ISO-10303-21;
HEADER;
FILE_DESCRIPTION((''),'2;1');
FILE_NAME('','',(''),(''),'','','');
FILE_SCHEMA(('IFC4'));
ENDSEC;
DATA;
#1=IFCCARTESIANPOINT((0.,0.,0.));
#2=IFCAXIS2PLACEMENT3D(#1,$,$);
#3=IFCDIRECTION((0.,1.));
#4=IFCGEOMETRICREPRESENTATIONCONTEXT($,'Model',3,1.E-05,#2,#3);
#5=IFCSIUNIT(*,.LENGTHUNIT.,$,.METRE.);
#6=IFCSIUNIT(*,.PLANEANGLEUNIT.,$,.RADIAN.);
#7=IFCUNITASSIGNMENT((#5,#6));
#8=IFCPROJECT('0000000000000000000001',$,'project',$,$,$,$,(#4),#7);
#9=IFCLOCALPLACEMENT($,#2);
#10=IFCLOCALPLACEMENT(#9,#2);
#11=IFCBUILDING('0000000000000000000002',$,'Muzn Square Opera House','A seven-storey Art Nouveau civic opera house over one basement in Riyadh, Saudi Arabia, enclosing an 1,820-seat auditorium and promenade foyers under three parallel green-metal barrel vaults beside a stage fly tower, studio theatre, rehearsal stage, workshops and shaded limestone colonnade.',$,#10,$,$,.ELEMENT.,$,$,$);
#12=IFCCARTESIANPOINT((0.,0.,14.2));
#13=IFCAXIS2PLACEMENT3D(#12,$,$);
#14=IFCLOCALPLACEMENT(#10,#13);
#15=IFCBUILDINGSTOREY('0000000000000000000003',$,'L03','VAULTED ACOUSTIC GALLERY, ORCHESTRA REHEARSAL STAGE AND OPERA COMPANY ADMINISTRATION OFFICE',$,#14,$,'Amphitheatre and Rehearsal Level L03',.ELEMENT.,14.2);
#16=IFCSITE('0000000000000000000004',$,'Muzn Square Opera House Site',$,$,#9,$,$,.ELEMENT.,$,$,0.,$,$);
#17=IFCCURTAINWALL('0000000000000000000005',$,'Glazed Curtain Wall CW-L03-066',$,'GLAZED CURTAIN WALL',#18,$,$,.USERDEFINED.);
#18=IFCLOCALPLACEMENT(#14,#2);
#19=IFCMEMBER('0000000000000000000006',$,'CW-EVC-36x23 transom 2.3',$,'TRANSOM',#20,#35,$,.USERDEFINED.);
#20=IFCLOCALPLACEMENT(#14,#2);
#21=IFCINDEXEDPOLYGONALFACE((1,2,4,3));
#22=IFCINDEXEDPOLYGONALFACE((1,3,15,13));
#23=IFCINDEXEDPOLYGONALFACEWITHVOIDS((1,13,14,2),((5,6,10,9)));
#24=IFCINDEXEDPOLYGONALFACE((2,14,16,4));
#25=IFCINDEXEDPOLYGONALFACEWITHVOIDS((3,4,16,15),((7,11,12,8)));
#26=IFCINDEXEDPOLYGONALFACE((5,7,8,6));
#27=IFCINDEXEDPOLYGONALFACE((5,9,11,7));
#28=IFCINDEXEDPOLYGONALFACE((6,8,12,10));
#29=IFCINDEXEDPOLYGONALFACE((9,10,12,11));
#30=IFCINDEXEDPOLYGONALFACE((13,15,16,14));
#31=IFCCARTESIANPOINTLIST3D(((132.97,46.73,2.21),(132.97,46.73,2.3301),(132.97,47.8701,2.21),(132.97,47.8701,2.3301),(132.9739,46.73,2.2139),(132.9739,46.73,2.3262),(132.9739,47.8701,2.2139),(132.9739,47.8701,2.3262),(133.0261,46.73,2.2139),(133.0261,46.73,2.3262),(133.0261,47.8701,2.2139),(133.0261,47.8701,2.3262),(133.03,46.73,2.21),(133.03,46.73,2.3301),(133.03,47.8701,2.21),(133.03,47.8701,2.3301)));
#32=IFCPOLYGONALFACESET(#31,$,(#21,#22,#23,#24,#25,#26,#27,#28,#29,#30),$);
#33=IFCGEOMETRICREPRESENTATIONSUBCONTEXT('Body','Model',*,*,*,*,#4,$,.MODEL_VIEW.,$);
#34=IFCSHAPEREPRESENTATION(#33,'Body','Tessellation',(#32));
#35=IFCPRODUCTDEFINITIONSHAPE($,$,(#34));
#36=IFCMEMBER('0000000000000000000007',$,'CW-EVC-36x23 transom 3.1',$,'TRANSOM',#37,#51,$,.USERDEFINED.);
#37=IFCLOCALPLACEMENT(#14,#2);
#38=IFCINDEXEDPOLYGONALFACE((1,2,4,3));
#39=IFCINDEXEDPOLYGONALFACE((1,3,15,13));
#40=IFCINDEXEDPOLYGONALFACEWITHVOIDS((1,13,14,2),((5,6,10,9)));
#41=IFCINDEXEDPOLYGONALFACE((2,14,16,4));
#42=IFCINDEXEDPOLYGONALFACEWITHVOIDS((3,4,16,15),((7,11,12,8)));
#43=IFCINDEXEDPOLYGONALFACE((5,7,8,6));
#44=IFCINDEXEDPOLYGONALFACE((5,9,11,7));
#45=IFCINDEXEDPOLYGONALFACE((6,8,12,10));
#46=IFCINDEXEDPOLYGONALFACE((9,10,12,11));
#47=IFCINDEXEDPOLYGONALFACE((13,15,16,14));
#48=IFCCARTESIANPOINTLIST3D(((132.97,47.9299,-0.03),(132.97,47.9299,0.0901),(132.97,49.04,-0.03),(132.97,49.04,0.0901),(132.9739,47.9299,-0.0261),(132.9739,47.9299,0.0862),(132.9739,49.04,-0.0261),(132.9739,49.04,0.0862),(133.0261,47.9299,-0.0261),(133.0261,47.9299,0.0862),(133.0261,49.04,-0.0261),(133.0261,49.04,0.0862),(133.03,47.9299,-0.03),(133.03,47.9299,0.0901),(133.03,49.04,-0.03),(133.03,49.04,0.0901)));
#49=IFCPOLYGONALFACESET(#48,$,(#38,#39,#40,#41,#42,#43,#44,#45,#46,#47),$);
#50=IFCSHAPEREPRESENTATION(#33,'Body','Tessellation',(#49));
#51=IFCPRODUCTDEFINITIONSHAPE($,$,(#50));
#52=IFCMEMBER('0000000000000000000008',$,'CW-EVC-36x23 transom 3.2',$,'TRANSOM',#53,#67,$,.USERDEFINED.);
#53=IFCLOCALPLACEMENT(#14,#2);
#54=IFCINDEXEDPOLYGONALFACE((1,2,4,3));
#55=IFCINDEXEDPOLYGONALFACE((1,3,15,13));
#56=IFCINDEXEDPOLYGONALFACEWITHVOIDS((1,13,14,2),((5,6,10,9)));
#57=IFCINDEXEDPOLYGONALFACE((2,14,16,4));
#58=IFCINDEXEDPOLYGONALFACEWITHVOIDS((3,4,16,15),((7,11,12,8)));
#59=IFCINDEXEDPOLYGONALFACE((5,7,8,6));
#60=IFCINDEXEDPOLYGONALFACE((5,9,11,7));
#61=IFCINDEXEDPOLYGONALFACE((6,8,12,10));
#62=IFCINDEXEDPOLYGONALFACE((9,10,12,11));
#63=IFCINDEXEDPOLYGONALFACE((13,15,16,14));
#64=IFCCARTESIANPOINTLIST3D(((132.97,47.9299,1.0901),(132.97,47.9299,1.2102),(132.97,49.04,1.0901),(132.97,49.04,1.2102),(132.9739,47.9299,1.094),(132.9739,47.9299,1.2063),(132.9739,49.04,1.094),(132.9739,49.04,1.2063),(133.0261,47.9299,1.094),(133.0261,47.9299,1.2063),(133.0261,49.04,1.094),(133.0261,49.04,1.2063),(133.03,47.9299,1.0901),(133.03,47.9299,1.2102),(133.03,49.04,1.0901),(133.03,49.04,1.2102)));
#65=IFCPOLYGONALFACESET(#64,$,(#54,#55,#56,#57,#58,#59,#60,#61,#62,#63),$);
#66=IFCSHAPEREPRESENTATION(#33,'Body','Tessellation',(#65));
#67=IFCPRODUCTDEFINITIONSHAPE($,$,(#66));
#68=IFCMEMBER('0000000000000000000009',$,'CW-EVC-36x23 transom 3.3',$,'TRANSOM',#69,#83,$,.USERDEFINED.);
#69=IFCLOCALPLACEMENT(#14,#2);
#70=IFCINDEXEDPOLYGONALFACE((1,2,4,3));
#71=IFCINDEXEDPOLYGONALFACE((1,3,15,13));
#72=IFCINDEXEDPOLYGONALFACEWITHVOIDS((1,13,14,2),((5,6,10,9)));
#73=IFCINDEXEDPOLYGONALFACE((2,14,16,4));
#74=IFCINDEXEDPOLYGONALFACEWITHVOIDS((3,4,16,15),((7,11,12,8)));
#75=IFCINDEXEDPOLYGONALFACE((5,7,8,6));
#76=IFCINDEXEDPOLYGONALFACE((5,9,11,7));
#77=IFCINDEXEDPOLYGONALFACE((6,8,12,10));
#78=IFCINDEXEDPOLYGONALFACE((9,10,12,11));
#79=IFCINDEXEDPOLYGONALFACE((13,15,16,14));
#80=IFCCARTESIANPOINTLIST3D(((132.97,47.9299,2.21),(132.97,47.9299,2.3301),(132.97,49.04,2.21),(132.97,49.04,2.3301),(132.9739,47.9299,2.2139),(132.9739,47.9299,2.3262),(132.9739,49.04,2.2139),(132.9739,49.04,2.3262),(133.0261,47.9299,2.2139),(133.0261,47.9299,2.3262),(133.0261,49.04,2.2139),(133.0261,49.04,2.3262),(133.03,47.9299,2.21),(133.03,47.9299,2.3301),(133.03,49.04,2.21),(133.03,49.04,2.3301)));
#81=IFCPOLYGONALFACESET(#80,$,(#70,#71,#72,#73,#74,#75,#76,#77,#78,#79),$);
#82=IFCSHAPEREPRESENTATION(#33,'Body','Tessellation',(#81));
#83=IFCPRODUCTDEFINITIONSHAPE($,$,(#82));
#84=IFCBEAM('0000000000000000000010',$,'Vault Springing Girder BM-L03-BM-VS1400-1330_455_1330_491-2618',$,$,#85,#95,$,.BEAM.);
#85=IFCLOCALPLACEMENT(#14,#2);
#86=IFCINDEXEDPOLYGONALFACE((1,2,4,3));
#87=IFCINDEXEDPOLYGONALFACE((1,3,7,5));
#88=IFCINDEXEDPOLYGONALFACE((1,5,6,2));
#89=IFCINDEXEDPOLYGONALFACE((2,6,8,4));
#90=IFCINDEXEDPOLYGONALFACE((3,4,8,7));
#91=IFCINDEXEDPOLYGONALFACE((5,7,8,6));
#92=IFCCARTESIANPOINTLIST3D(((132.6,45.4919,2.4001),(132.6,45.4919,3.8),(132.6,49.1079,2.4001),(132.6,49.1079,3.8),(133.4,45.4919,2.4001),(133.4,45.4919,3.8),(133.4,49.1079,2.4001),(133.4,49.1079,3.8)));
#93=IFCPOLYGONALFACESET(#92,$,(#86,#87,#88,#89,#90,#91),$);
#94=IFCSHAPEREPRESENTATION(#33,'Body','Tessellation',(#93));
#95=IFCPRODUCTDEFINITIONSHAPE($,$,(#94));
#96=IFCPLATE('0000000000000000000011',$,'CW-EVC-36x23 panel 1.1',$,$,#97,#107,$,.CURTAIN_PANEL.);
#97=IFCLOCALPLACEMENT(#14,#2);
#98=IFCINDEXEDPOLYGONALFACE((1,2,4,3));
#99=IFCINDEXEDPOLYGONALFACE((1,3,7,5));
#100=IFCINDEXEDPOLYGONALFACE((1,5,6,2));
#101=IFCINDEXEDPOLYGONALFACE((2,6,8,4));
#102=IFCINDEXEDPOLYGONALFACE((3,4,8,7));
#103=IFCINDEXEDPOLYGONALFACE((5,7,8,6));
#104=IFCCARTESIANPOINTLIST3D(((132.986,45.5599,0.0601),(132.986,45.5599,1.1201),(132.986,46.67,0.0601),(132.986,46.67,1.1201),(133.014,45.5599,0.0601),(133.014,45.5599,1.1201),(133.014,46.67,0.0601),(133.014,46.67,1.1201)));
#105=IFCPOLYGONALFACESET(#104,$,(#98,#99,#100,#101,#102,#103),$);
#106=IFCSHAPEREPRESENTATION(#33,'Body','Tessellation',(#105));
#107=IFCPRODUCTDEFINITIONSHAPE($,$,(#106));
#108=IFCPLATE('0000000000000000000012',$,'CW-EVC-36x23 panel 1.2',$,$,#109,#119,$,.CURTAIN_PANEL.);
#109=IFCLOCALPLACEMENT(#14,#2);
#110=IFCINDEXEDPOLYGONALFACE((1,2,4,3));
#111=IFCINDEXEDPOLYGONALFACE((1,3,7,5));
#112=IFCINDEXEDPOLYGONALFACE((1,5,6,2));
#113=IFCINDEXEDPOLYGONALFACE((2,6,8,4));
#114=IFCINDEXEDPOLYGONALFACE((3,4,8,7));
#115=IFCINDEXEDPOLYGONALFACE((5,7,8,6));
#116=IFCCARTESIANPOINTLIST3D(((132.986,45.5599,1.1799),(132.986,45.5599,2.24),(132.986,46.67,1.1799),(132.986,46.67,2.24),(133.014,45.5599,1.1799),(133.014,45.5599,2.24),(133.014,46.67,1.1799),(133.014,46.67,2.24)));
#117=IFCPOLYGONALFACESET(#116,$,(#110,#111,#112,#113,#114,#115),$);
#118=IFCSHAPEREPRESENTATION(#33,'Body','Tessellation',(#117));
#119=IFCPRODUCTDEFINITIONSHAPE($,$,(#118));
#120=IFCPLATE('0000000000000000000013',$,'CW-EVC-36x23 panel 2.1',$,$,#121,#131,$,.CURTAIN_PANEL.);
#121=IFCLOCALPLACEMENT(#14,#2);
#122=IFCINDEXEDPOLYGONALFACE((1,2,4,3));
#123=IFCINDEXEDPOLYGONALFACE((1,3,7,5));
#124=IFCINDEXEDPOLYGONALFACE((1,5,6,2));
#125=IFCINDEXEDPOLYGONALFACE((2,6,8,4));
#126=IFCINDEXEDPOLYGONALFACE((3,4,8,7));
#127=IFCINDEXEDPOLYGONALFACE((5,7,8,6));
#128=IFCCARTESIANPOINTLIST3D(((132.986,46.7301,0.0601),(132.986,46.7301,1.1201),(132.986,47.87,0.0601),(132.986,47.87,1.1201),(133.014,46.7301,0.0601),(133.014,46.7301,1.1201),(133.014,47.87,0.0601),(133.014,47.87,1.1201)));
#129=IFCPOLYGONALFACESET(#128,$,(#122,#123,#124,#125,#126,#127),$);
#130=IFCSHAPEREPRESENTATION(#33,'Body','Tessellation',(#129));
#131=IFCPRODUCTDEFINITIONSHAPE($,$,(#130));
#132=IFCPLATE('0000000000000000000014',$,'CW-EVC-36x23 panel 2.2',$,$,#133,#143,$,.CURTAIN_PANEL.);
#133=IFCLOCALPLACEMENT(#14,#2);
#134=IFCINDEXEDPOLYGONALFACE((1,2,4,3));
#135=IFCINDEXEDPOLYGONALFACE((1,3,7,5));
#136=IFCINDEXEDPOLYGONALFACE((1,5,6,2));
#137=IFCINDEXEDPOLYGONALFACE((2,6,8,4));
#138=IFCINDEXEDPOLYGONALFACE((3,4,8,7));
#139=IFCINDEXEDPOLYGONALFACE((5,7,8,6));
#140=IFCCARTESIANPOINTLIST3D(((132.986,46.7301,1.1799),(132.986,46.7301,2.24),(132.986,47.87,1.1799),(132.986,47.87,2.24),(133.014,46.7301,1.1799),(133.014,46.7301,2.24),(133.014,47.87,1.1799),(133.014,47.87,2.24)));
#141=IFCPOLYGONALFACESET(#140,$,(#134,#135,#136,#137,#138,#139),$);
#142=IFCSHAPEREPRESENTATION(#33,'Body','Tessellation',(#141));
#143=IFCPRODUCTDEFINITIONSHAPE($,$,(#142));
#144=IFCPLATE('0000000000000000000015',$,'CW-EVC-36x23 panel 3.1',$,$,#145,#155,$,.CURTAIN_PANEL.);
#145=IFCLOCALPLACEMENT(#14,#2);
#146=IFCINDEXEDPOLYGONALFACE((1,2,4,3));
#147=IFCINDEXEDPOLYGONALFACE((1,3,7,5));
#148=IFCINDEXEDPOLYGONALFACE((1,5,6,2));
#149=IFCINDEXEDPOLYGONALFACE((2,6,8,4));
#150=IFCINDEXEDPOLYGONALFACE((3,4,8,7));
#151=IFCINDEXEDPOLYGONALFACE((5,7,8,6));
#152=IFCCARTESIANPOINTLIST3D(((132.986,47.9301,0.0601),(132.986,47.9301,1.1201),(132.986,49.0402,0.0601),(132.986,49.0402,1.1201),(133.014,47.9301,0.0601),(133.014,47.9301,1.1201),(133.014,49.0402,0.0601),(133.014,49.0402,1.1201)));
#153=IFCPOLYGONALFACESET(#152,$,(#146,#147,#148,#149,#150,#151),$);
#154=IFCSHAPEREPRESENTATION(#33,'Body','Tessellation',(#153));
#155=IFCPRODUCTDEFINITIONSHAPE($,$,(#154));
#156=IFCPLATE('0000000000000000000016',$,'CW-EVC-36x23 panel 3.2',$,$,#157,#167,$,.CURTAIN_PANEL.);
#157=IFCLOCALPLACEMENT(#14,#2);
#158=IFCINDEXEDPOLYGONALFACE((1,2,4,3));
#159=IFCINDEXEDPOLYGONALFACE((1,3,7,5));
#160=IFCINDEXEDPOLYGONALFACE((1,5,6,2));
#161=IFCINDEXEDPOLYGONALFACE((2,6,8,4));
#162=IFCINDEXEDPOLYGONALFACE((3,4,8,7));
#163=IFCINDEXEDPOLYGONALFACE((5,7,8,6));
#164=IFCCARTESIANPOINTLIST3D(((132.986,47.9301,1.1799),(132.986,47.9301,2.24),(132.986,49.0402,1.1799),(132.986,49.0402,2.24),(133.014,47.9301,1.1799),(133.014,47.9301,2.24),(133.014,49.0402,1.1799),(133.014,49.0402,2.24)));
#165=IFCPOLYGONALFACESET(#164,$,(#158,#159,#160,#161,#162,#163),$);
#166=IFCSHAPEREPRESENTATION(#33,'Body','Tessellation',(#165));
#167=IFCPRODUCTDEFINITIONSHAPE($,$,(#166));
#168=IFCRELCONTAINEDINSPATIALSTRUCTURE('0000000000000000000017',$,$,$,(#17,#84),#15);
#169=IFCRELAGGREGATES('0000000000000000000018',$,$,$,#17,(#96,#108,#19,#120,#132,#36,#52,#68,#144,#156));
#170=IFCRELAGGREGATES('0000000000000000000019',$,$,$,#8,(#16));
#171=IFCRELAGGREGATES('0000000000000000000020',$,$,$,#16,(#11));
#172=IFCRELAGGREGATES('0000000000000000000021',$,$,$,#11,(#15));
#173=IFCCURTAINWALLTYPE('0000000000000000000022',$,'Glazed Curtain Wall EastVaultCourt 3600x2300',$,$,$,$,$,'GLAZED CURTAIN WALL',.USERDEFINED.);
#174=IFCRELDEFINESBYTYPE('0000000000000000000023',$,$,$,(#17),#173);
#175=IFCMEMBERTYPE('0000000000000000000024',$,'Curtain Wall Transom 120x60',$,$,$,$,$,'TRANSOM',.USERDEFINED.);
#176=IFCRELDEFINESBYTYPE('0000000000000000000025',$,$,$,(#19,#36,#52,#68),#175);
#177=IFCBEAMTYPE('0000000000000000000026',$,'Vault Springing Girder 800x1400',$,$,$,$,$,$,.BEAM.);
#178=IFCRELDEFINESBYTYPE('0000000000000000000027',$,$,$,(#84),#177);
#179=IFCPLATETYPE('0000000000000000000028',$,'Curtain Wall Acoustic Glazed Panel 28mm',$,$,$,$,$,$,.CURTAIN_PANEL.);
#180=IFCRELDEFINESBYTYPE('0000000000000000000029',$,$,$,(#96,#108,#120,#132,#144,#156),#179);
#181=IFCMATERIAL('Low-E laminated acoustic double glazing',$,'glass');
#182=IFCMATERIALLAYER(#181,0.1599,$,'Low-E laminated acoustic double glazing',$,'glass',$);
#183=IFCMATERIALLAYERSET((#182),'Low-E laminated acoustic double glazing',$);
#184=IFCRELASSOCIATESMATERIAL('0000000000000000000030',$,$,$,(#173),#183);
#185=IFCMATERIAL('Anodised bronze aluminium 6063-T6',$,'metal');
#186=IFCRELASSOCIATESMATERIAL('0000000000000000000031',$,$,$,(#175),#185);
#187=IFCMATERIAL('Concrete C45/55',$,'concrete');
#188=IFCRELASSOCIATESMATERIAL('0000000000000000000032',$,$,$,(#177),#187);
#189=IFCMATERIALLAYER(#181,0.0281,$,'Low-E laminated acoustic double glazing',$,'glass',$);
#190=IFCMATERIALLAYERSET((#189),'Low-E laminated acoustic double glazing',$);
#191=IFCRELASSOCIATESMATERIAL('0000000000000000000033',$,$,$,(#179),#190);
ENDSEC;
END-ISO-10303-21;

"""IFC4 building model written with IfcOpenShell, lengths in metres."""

from ifc_helpers import new_model, si_unit, direction, frame, origin, origin_2d, place, context, subcontext, project, spatial, rectangle, hollow_rectangle, extrude, material, layer, layer_set, material_profile, profile_set, type_object, element, aggregate, save


model = new_model("IFC4")

# Units and contexts
model_context = context("Model", 3, precision=1e-05, world=origin(), true_north=direction((0.0, 1.0)))
body_context = subcontext(model_context, "Body", "Model", "MODEL_VIEW")
ifc_project = project(units=[si_unit("LENGTHUNIT", "METRE"), si_unit("PLANEANGLEUNIT", "RADIAN")], contexts=[model_context])

# Site, building, storey
site_placement = place(None, origin())
site = spatial("IfcSite", under=ifc_project, at=site_placement, Name="Muzn Square Opera House Site", CompositionType="ELEMENT", RefElevation=0.0)
building_placement = place(site_placement, origin())
building = spatial("IfcBuilding", under=site, at=building_placement, Name="Muzn Square Opera House", Description="A seven-storey Art Nouveau civic opera house over one basement in Riyadh, Saudi Arabia, enclosing an 1,820-seat auditorium and promenade foyers under three parallel green-metal barrel vaults beside a stage fly tower, studio theatre, rehearsal stage, workshops and shaded limestone colonnade.", CompositionType="ELEMENT")
storey_placement = place(building_placement, frame((0.0, 0.0, 14.2)))
storey = spatial("IfcBuildingStorey", under=building, at=storey_placement, Name="L03", Description="VAULTED ACOUSTIC GALLERY, ORCHESTRA REHEARSAL STAGE AND OPERA COMPANY ADMINISTRATION OFFICE", LongName="Amphitheatre and Rehearsal Level L03", CompositionType="ELEMENT", Elevation=14.2)

# Shared definitions
ifc_material_1 = material(Name="Concrete C45/55", Category="concrete")

# Curtain wall, members
ifc_material_2 = material(Name="Low-E laminated acoustic double glazing", Category="glass")
ifc_layer_1 = layer(ifc_material_2, 0.1599, Name="Low-E laminated acoustic double glazing", Category="glass")
ifc_layer_set_1 = layer_set([ifc_layer_1], Name="Low-E laminated acoustic double glazing")
curtain_wall_type = type_object("IfcCurtainWallType", Name="Glazed Curtain Wall EastVaultCourt 3600x2300", ElementType="GLAZED CURTAIN WALL", PredefinedType="USERDEFINED", material=ifc_layer_set_1)
curtain_wall_placement = place(storey_placement, origin())
curtain_wall = element("IfcCurtainWall", 1, at=curtain_wall_placement, inside=storey, type_object=curtain_wall_type, Name="Glazed Curtain Wall CW-L03-066", ObjectType="GLAZED CURTAIN WALL", PredefinedType="USERDEFINED")
ifc_material_3 = material(Name="Anodised bronze aluminium 6063-T6", Category="metal")
ifc_material_profile_1 = material_profile(ifc_material_3, hollow_rectangle(XDim=0.0601, YDim=0.1201, WallThickness=0.0039, at=origin_2d()), Name="ALU 120x60x4", Category="metal")
ifc_profile_set_1 = profile_set([ifc_material_profile_1], Name="Anodised bronze aluminium 6063-T6")
member_type_1 = type_object("IfcMemberType", Name="Curtain Wall Transom 120x60", ElementType="TRANSOM", PredefinedType="USERDEFINED", material=ifc_profile_set_1)
member_1_placement = place(storey_placement, frame((133.0, 46.73, 2.27), z_axis=(0.0, 1.0, 0.0), x_axis=(-1.0, 0.0, 0.0)))
member_1 = element("IfcMember", 2, at=member_1_placement, type_object=member_type_1, Name="CW-EVC-36x23 transom 2.3", ObjectType="TRANSOM", PredefinedType="USERDEFINED", context=body_context, shape_type="SweptSolid", body=[
    extrude(hollow_rectangle(XDim=0.0601, YDim=0.1201, WallThickness=0.0039, at=origin_2d()), origin(), (0.0, 0.0, 1.0), 1.1401),
])
member_2_placement = place(storey_placement, frame((133.0, 47.9299, 0.03), z_axis=(0.0, 1.0, 0.0), x_axis=(-1.0, 0.0, 0.0)))
member_2 = element("IfcMember", 3, at=member_2_placement, type_object=member_type_1, Name="CW-EVC-36x23 transom 3.1", ObjectType="TRANSOM", PredefinedType="USERDEFINED", context=body_context, shape_type="SweptSolid", body=[
    extrude(hollow_rectangle(XDim=0.0601, YDim=0.1201, WallThickness=0.0039, at=origin_2d()), origin(), (0.0, 0.0, 1.0), 1.1101),
])
member_3_placement = place(storey_placement, frame((133.0, 47.9299, 1.1501), z_axis=(0.0, 1.0, 0.0), x_axis=(-1.0, 0.0, 0.0)))
member_3 = element("IfcMember", 4, at=member_3_placement, type_object=member_type_1, Name="CW-EVC-36x23 transom 3.2", ObjectType="TRANSOM", PredefinedType="USERDEFINED", context=body_context, shape_type="SweptSolid", body=[
    extrude(hollow_rectangle(XDim=0.0601, YDim=0.1201, WallThickness=0.0039, at=origin_2d()), origin(), (0.0, 0.0, 1.0), 1.1101),
])
member_4_placement = place(storey_placement, frame((133.0, 47.9299, 2.27), z_axis=(0.0, 1.0, 0.0), x_axis=(-1.0, 0.0, 0.0)))
member_4 = element("IfcMember", 5, at=member_4_placement, type_object=member_type_1, Name="CW-EVC-36x23 transom 3.3", ObjectType="TRANSOM", PredefinedType="USERDEFINED", context=body_context, shape_type="SweptSolid", body=[
    extrude(hollow_rectangle(XDim=0.0601, YDim=0.1201, WallThickness=0.0039, at=origin_2d()), origin(), (0.0, 0.0, 1.0), 1.1101),
])

# Beam
ifc_material_profile_2 = material_profile(ifc_material_1, rectangle(XDim=0.8, YDim=1.3999, at=origin_2d()), Name="RCB 800x1400", Category="concrete")
ifc_profile_set_2 = profile_set([ifc_material_profile_2], Name="Concrete C45/55")
beam_type = type_object("IfcBeamType", Name="Vault Springing Girder 800x1400", PredefinedType="BEAM", material=ifc_profile_set_2)
beam_placement = place(storey_placement, frame((133.0, 45.4919, 3.1001), z_axis=(0.0, 1.0, 0.0), x_axis=(-1.0, 0.0, 0.0)))
element("IfcBeam", 6, at=beam_placement, inside=storey, type_object=beam_type, Name="Vault Springing Girder BM-L03-BM-VS1400-1330_455_1330_491-2618", PredefinedType="BEAM", context=body_context, shape_type="SweptSolid", body=[
    extrude(rectangle(XDim=0.8, YDim=1.3999, at=origin_2d()), origin(), (0.0, 0.0, 1.0), 3.616),
])

# Plates
ifc_layer_2 = layer(ifc_material_2, 0.0281, Name="Low-E laminated acoustic double glazing", Category="glass")
ifc_layer_set_2 = layer_set([ifc_layer_2], Name="Low-E laminated acoustic double glazing")
plate_type = type_object("IfcPlateType", Name="Curtain Wall Acoustic Glazed Panel 28mm", PredefinedType="CURTAIN_PANEL", material=ifc_layer_set_2)
plate_1_placement = place(storey_placement, frame((133.0, 46.115, 0.0601), z_axis=(0.0, 0.0, 1.0), x_axis=(0.0, 1.0, 0.0)))
plate_1 = element("IfcPlate", 7, at=plate_1_placement, type_object=plate_type, Name="CW-EVC-36x23 panel 1.1", PredefinedType="CURTAIN_PANEL", context=body_context, shape_type="SweptSolid", body=[
    extrude(rectangle(XDim=1.1101, YDim=0.0281, at=origin_2d()), origin(), (0.0, 0.0, 1.0), 1.0601),
])
plate_2_placement = place(storey_placement, frame((133.0, 46.115, 1.1799), z_axis=(0.0, 0.0, 1.0), x_axis=(0.0, 1.0, 0.0)))
plate_2 = element("IfcPlate", 8, at=plate_2_placement, type_object=plate_type, Name="CW-EVC-36x23 panel 1.2", PredefinedType="CURTAIN_PANEL", context=body_context, shape_type="SweptSolid", body=[
    extrude(rectangle(XDim=1.1101, YDim=0.0281, at=origin_2d()), origin(), (0.0, 0.0, 1.0), 1.0601),
])
plate_3_placement = place(storey_placement, frame((133.0, 47.3, 0.0601), z_axis=(0.0, 0.0, 1.0), x_axis=(0.0, 1.0, 0.0)))
plate_3 = element("IfcPlate", 9, at=plate_3_placement, type_object=plate_type, Name="CW-EVC-36x23 panel 2.1", PredefinedType="CURTAIN_PANEL", context=body_context, shape_type="SweptSolid", body=[
    extrude(rectangle(XDim=1.1399, YDim=0.0281, at=origin_2d()), origin(), (0.0, 0.0, 1.0), 1.0601),
])
plate_4_placement = place(storey_placement, frame((133.0, 47.3, 1.1799), z_axis=(0.0, 0.0, 1.0), x_axis=(0.0, 1.0, 0.0)))
plate_4 = element("IfcPlate", 10, at=plate_4_placement, type_object=plate_type, Name="CW-EVC-36x23 panel 2.2", PredefinedType="CURTAIN_PANEL", context=body_context, shape_type="SweptSolid", body=[
    extrude(rectangle(XDim=1.1399, YDim=0.0281, at=origin_2d()), origin(), (0.0, 0.0, 1.0), 1.0601),
])
plate_5_placement = place(storey_placement, frame((133.0, 48.4851, 0.0601), z_axis=(0.0, 0.0, 1.0), x_axis=(0.0, 1.0, 0.0)))
plate_5 = element("IfcPlate", 11, at=plate_5_placement, type_object=plate_type, Name="CW-EVC-36x23 panel 3.1", PredefinedType="CURTAIN_PANEL", context=body_context, shape_type="SweptSolid", body=[
    extrude(rectangle(XDim=1.1101, YDim=0.0281, at=origin_2d()), origin(), (0.0, 0.0, 1.0), 1.0601),
])
plate_6_placement = place(storey_placement, frame((133.0, 48.4851, 1.1799), z_axis=(0.0, 0.0, 1.0), x_axis=(0.0, 1.0, 0.0)))
plate_6 = element("IfcPlate", 12, at=plate_6_placement, type_object=plate_type, Name="CW-EVC-36x23 panel 3.2", PredefinedType="CURTAIN_PANEL", context=body_context, shape_type="SweptSolid", body=[
    extrude(rectangle(XDim=1.1101, YDim=0.0281, at=origin_2d()), origin(), (0.0, 0.0, 1.0), 1.0601),
])
aggregate(curtain_wall, [plate_1, plate_2, member_1, plate_3, plate_4, member_2, member_3, member_4, plate_5, plate_6])

save(model, "model.ifc")
